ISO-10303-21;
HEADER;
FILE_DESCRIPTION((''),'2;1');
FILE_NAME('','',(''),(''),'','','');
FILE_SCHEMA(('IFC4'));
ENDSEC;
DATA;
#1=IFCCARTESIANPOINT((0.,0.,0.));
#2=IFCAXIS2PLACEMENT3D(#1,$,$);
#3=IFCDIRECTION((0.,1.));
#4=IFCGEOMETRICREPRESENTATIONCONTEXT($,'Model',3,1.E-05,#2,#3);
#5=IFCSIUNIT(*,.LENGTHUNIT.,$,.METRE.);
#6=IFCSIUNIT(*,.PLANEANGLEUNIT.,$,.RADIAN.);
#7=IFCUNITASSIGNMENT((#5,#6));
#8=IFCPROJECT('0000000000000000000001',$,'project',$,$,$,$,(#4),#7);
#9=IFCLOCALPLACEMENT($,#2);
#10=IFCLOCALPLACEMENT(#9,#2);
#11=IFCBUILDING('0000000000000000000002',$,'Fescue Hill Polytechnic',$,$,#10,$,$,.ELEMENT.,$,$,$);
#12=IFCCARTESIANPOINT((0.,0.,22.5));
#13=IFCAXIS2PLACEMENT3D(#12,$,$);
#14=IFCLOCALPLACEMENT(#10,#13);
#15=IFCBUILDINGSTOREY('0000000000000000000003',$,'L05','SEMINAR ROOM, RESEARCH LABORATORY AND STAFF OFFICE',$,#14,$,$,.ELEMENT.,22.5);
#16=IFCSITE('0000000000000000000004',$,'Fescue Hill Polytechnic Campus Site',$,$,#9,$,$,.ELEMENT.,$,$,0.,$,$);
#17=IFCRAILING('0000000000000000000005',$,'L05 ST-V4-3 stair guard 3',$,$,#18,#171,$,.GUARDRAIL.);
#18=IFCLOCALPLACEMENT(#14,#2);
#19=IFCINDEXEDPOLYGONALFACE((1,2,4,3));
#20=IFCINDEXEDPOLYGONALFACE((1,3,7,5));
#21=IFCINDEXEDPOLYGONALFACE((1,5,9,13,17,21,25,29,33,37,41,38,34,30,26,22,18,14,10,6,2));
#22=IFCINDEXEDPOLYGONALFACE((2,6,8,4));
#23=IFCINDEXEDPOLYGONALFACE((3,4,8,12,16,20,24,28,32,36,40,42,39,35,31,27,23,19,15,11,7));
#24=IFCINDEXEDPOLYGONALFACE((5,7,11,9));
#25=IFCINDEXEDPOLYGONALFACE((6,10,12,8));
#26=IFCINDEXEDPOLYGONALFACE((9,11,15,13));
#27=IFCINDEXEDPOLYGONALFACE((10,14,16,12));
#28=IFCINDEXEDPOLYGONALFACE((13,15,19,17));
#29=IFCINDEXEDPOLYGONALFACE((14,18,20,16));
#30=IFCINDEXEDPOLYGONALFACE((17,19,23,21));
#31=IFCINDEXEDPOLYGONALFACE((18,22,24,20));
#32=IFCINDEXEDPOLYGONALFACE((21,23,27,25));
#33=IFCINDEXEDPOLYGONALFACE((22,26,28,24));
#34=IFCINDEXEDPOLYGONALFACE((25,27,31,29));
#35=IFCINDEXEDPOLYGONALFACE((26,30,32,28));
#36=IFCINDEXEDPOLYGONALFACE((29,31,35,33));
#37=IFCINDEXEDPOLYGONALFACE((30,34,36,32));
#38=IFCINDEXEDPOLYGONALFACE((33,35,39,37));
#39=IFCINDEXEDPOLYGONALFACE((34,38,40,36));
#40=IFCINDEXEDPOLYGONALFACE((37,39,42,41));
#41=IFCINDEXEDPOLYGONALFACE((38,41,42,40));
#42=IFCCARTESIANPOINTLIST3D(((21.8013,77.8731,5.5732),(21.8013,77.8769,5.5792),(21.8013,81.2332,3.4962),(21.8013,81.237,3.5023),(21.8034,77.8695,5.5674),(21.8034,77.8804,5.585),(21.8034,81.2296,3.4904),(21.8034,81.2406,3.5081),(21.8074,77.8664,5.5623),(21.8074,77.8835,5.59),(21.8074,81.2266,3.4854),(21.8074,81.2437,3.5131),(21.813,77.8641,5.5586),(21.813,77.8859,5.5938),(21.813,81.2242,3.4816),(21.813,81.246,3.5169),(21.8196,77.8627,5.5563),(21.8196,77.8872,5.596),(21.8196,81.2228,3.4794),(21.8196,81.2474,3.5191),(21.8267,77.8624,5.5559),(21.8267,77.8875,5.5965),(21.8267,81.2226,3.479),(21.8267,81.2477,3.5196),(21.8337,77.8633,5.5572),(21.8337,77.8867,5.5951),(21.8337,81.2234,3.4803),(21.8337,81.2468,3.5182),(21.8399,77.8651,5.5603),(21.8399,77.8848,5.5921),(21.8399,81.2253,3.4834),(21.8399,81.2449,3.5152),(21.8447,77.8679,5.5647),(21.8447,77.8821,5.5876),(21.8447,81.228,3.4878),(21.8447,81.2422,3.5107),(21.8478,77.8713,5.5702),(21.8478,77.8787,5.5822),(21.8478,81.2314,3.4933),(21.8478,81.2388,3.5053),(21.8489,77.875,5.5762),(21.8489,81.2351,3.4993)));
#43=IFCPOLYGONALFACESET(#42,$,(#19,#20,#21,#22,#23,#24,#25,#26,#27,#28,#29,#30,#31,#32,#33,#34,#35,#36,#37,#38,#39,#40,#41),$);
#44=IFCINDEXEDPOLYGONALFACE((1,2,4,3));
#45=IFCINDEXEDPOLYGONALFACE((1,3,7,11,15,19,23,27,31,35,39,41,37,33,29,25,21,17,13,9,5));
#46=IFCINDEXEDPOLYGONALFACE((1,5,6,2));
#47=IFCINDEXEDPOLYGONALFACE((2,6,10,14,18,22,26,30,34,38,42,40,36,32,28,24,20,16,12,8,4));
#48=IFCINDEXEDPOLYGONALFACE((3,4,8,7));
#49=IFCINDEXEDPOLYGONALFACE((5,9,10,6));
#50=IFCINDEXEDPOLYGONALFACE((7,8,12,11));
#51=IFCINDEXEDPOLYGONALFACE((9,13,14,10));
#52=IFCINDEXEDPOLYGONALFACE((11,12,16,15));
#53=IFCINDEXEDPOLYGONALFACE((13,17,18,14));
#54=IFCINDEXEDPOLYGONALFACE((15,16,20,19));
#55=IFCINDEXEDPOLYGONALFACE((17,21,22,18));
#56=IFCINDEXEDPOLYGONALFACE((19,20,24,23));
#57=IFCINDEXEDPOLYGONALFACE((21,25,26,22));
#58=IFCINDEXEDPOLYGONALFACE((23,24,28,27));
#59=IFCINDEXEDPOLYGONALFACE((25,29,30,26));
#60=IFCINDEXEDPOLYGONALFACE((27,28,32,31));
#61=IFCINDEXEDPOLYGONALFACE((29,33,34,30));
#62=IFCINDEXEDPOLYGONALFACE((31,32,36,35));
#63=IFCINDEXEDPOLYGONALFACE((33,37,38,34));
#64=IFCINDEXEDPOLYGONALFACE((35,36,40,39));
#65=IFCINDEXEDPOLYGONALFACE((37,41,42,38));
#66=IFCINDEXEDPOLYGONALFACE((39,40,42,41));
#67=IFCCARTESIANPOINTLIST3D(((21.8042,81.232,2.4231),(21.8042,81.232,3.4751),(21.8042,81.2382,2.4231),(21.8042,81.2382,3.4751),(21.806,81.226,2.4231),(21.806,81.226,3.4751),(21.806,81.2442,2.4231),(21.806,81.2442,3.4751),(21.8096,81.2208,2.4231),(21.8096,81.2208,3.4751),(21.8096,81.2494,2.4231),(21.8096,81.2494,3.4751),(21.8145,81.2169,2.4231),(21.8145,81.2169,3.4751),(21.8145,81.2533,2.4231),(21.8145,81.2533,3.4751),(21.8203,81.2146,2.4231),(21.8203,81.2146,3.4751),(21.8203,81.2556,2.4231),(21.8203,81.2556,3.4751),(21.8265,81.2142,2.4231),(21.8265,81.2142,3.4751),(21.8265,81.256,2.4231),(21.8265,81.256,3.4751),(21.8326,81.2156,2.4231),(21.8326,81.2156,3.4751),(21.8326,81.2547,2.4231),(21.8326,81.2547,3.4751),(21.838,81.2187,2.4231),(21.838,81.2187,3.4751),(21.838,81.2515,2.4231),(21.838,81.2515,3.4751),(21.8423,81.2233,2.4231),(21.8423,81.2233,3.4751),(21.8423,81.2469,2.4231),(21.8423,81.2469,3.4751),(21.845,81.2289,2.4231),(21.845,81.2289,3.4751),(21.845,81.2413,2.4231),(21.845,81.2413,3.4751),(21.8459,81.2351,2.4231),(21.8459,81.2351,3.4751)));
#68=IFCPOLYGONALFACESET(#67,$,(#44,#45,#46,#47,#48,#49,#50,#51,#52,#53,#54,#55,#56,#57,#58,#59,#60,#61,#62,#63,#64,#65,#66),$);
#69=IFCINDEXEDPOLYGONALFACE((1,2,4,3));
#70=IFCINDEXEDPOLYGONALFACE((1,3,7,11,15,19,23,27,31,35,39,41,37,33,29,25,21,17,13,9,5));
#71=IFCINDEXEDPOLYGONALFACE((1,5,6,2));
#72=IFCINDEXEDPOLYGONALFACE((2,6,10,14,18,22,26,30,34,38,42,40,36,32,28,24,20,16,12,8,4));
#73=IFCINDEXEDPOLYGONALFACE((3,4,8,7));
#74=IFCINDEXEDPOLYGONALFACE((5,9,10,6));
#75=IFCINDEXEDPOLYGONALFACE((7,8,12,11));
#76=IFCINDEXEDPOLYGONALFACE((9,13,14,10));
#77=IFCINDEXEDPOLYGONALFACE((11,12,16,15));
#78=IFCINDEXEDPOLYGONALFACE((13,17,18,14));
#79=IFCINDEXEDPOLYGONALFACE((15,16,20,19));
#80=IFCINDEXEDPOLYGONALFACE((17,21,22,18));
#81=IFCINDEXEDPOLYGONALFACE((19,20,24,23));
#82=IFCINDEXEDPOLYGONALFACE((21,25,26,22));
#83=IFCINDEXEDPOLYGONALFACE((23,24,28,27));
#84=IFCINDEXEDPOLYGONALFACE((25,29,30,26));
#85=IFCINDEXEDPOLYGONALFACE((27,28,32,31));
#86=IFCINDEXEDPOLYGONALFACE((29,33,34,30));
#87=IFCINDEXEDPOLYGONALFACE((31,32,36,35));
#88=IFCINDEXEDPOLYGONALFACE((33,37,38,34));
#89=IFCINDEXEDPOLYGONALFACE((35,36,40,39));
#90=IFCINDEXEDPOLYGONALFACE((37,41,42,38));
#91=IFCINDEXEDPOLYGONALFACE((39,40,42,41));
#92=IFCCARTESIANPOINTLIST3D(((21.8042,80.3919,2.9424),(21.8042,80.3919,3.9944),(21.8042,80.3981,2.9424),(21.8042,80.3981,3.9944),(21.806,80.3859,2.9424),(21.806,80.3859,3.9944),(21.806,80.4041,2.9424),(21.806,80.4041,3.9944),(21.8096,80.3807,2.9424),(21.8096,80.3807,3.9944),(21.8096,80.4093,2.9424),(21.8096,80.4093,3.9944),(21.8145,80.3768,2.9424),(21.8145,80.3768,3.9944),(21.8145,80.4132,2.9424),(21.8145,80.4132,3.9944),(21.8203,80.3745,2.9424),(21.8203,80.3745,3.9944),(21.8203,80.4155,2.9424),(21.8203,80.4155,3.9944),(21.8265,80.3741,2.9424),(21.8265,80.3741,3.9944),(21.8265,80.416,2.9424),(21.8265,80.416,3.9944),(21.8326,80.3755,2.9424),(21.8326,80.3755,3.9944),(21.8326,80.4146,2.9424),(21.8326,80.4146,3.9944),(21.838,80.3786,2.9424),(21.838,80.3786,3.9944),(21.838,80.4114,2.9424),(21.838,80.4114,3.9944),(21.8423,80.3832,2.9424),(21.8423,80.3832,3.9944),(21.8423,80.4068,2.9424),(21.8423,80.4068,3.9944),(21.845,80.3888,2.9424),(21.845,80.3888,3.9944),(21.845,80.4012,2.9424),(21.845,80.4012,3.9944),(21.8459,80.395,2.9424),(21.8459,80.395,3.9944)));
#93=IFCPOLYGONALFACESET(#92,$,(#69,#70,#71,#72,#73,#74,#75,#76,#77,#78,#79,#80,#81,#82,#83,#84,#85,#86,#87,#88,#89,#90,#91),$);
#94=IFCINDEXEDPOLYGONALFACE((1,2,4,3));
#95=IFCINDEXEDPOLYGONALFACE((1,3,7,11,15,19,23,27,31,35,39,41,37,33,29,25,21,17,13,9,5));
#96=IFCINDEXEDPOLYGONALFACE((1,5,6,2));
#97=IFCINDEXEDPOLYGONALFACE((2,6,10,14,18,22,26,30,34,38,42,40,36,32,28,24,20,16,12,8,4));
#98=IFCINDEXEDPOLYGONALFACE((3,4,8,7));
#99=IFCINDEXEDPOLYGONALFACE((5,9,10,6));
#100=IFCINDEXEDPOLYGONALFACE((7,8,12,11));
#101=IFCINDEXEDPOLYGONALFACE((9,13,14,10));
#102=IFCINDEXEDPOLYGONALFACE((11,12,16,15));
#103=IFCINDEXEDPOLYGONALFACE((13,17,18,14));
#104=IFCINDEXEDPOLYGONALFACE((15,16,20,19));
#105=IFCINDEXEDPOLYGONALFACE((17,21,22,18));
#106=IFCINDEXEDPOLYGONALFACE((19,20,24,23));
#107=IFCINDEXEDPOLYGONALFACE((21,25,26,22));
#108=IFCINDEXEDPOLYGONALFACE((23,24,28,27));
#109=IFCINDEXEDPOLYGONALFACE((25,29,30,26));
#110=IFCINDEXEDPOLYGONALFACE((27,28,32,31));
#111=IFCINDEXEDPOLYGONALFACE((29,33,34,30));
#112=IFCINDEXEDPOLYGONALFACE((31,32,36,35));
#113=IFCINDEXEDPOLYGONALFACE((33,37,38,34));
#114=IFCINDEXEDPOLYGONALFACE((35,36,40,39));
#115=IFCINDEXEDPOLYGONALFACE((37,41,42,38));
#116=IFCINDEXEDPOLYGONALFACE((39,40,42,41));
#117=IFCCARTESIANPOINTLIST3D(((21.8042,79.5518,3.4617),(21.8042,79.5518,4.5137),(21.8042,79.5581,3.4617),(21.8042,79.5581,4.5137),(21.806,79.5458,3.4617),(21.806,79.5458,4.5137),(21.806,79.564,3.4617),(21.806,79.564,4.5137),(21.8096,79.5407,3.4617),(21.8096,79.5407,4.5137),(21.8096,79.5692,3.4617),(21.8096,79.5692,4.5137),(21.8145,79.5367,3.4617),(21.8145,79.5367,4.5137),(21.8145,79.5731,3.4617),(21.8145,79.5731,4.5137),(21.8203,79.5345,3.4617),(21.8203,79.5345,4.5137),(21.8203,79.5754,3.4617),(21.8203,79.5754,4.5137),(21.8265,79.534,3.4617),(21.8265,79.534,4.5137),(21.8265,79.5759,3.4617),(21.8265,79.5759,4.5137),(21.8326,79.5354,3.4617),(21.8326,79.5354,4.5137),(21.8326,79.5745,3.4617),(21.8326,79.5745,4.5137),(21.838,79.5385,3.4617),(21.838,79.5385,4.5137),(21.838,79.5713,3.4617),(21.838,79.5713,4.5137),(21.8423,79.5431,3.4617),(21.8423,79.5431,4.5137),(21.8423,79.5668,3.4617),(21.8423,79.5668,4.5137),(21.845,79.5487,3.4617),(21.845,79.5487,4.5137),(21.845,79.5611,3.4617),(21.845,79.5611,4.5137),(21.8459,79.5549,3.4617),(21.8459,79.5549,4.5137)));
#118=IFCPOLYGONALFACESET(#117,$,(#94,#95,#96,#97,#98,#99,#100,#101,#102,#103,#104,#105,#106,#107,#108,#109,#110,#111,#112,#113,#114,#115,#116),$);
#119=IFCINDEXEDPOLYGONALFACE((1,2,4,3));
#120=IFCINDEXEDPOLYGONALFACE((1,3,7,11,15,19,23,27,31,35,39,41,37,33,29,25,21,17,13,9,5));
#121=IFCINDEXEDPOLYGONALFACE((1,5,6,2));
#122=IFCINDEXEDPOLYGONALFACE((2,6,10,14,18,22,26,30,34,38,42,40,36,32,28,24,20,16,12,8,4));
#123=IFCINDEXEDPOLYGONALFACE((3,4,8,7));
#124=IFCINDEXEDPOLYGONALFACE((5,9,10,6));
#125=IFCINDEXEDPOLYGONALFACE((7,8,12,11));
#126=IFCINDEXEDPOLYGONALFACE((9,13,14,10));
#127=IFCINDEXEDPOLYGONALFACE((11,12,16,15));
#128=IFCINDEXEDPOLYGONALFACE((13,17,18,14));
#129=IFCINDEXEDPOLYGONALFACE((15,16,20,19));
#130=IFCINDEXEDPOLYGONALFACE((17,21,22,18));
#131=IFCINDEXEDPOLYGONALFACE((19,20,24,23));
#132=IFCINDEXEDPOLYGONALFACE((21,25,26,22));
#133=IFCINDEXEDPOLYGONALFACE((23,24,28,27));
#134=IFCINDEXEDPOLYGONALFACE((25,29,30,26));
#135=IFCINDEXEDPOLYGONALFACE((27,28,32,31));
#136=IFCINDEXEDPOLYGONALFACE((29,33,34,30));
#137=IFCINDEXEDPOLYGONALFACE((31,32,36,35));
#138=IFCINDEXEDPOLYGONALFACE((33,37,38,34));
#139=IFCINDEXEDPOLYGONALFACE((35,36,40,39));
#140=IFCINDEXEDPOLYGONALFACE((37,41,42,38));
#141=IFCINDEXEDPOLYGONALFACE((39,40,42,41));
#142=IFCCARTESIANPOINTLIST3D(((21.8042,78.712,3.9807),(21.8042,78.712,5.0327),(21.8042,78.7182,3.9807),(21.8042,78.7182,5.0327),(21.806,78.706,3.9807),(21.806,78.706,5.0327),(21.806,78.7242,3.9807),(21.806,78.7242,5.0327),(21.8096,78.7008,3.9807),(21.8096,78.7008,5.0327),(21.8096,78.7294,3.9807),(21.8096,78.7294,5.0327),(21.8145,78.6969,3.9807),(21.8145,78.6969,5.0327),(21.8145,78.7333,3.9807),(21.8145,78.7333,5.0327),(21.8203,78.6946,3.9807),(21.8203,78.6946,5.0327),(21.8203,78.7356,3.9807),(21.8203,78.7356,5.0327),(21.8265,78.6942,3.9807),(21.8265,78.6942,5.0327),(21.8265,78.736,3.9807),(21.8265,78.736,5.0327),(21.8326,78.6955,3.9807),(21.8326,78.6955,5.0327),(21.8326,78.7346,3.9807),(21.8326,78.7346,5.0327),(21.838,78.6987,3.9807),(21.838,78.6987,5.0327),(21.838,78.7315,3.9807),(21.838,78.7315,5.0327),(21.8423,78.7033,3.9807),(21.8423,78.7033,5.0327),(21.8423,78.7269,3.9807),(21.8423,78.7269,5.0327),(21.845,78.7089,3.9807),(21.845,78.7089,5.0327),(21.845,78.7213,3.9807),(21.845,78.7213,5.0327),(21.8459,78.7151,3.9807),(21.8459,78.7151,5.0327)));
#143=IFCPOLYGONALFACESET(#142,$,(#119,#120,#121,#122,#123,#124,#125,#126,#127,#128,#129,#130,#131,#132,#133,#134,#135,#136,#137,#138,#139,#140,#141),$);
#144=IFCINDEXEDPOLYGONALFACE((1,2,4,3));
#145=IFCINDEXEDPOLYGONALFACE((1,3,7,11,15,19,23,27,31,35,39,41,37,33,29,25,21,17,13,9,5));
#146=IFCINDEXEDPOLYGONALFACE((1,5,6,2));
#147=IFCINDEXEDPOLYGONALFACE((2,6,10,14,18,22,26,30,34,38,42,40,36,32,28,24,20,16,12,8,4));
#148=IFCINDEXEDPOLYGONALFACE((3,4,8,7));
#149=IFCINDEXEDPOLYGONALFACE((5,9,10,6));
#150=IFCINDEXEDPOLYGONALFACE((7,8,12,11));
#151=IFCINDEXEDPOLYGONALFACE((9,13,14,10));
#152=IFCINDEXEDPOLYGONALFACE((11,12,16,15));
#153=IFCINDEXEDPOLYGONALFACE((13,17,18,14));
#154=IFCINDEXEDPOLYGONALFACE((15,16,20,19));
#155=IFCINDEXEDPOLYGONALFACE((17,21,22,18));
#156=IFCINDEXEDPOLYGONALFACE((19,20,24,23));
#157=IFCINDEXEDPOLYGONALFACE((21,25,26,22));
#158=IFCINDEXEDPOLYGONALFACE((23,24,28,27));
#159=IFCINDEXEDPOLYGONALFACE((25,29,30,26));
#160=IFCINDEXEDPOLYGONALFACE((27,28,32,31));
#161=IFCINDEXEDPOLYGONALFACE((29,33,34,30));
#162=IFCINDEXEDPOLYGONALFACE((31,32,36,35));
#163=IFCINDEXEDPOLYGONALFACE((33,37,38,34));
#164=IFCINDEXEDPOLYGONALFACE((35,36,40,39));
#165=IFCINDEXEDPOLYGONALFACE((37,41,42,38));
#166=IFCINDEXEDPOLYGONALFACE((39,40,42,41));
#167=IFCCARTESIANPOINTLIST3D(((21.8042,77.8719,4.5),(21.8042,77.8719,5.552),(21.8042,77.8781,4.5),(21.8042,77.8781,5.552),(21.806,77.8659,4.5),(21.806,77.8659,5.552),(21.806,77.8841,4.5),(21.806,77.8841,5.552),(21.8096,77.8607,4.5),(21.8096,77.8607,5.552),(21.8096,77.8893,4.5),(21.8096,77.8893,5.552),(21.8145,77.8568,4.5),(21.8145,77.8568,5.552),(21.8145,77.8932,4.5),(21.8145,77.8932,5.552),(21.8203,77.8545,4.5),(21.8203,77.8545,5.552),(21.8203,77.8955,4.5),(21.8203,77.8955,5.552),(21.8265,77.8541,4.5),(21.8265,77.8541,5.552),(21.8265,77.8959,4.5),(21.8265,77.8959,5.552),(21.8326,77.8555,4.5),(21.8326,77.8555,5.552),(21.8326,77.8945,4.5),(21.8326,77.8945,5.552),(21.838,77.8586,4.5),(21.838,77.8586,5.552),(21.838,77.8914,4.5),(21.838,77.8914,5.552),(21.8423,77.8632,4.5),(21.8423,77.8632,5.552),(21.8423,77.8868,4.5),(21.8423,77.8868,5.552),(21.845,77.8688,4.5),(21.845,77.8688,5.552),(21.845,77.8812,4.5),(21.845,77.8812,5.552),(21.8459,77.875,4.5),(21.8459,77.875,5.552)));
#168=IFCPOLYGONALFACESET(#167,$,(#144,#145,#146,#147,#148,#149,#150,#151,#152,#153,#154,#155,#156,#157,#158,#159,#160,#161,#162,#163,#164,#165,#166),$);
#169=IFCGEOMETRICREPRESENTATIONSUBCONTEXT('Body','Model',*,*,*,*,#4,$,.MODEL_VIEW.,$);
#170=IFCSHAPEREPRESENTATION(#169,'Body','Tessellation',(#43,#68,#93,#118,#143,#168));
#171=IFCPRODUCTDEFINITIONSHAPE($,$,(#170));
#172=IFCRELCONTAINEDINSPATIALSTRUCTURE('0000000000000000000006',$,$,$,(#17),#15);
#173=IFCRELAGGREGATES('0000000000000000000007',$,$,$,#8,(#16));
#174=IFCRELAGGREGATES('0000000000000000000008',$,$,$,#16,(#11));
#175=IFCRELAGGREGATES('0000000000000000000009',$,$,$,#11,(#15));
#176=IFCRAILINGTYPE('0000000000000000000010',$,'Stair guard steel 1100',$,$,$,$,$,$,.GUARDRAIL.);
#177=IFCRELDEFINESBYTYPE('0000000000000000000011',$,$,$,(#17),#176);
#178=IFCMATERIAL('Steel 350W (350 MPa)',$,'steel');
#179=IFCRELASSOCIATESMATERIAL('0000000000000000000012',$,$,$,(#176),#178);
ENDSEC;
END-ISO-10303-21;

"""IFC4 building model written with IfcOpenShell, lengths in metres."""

from ifc_helpers import new_model, si_unit, direction, frame, origin, origin_2d, place, context, subcontext, project, spatial, circle, extrude, material, type_object, element, save


model = new_model("IFC4")

# Units and contexts
model_context = context("Model", 3, precision=1e-05, world=origin(), true_north=direction((0.0, 1.0)))
body_context = subcontext(model_context, "Body", "Model", "MODEL_VIEW")
ifc_project = project(units=[si_unit("LENGTHUNIT", "METRE"), si_unit("PLANEANGLEUNIT", "RADIAN")], contexts=[model_context])

# Site, building, storey
site_placement = place(None, origin())
site = spatial("IfcSite", under=ifc_project, at=site_placement, Name="Fescue Hill Polytechnic Campus Site", CompositionType="ELEMENT", RefElevation=0.0)
building_placement = place(site_placement, origin())
building = spatial("IfcBuilding", under=site, at=building_placement, Name="Fescue Hill Polytechnic", CompositionType="ELEMENT")
storey_placement = place(building_placement, frame((0.0, 0.0, 22.5)))
storey = spatial("IfcBuildingStorey", under=building, at=storey_placement, Name="L05", Description="SEMINAR ROOM, RESEARCH LABORATORY AND STAFF OFFICE", CompositionType="ELEMENT", Elevation=22.5)

# Railing
ifc_material_1 = material(Name="Steel 350W (350 MPa)", Category="steel")
railing_type_1 = type_object("IfcRailingType", Name="Stair guard steel 1100", PredefinedType="GUARDRAIL", material=ifc_material_1)
railing_1_placement = place(storey_placement, frame((21.825, 81.2351, 2.4231)))
element("IfcRailing", 1, at=railing_1_placement, inside=storey, type_object=railing_type_1, Name="L05 ST-V4-3 stair guard 3", PredefinedType="GUARDRAIL", context=body_context, shape_type="SweptSolid", body=[
    extrude(circle(Radius=0.0239, at=origin_2d()), frame((0.0, 0.0, 1.0762), z_axis=(0.0, -0.850623, 0.525776), x_axis=(1.0, 0.0, 0.0)), (0.0, 0.0, 1.0), 3.9502),
    extrude(circle(Radius=0.021, at=origin_2d()), origin(), (0.0, 0.0, 1.0), 1.052),
    extrude(circle(Radius=0.021, at=origin_2d()), frame((0.0, -0.8401, 0.5193)), (0.0, 0.0, 1.0), 1.052),
    extrude(circle(Radius=0.021, at=origin_2d()), frame((0.0, -1.6802, 1.0386)), (0.0, 0.0, 1.0), 1.052),
    extrude(circle(Radius=0.021, at=origin_2d()), frame((0.0, -2.52, 1.5576)), (0.0, 0.0, 1.0), 1.052),
    extrude(circle(Radius=0.021, at=origin_2d()), frame((0.0, -3.3601, 2.0769)), (0.0, 0.0, 1.0), 1.052),
])

save(model, "model.ifc")
